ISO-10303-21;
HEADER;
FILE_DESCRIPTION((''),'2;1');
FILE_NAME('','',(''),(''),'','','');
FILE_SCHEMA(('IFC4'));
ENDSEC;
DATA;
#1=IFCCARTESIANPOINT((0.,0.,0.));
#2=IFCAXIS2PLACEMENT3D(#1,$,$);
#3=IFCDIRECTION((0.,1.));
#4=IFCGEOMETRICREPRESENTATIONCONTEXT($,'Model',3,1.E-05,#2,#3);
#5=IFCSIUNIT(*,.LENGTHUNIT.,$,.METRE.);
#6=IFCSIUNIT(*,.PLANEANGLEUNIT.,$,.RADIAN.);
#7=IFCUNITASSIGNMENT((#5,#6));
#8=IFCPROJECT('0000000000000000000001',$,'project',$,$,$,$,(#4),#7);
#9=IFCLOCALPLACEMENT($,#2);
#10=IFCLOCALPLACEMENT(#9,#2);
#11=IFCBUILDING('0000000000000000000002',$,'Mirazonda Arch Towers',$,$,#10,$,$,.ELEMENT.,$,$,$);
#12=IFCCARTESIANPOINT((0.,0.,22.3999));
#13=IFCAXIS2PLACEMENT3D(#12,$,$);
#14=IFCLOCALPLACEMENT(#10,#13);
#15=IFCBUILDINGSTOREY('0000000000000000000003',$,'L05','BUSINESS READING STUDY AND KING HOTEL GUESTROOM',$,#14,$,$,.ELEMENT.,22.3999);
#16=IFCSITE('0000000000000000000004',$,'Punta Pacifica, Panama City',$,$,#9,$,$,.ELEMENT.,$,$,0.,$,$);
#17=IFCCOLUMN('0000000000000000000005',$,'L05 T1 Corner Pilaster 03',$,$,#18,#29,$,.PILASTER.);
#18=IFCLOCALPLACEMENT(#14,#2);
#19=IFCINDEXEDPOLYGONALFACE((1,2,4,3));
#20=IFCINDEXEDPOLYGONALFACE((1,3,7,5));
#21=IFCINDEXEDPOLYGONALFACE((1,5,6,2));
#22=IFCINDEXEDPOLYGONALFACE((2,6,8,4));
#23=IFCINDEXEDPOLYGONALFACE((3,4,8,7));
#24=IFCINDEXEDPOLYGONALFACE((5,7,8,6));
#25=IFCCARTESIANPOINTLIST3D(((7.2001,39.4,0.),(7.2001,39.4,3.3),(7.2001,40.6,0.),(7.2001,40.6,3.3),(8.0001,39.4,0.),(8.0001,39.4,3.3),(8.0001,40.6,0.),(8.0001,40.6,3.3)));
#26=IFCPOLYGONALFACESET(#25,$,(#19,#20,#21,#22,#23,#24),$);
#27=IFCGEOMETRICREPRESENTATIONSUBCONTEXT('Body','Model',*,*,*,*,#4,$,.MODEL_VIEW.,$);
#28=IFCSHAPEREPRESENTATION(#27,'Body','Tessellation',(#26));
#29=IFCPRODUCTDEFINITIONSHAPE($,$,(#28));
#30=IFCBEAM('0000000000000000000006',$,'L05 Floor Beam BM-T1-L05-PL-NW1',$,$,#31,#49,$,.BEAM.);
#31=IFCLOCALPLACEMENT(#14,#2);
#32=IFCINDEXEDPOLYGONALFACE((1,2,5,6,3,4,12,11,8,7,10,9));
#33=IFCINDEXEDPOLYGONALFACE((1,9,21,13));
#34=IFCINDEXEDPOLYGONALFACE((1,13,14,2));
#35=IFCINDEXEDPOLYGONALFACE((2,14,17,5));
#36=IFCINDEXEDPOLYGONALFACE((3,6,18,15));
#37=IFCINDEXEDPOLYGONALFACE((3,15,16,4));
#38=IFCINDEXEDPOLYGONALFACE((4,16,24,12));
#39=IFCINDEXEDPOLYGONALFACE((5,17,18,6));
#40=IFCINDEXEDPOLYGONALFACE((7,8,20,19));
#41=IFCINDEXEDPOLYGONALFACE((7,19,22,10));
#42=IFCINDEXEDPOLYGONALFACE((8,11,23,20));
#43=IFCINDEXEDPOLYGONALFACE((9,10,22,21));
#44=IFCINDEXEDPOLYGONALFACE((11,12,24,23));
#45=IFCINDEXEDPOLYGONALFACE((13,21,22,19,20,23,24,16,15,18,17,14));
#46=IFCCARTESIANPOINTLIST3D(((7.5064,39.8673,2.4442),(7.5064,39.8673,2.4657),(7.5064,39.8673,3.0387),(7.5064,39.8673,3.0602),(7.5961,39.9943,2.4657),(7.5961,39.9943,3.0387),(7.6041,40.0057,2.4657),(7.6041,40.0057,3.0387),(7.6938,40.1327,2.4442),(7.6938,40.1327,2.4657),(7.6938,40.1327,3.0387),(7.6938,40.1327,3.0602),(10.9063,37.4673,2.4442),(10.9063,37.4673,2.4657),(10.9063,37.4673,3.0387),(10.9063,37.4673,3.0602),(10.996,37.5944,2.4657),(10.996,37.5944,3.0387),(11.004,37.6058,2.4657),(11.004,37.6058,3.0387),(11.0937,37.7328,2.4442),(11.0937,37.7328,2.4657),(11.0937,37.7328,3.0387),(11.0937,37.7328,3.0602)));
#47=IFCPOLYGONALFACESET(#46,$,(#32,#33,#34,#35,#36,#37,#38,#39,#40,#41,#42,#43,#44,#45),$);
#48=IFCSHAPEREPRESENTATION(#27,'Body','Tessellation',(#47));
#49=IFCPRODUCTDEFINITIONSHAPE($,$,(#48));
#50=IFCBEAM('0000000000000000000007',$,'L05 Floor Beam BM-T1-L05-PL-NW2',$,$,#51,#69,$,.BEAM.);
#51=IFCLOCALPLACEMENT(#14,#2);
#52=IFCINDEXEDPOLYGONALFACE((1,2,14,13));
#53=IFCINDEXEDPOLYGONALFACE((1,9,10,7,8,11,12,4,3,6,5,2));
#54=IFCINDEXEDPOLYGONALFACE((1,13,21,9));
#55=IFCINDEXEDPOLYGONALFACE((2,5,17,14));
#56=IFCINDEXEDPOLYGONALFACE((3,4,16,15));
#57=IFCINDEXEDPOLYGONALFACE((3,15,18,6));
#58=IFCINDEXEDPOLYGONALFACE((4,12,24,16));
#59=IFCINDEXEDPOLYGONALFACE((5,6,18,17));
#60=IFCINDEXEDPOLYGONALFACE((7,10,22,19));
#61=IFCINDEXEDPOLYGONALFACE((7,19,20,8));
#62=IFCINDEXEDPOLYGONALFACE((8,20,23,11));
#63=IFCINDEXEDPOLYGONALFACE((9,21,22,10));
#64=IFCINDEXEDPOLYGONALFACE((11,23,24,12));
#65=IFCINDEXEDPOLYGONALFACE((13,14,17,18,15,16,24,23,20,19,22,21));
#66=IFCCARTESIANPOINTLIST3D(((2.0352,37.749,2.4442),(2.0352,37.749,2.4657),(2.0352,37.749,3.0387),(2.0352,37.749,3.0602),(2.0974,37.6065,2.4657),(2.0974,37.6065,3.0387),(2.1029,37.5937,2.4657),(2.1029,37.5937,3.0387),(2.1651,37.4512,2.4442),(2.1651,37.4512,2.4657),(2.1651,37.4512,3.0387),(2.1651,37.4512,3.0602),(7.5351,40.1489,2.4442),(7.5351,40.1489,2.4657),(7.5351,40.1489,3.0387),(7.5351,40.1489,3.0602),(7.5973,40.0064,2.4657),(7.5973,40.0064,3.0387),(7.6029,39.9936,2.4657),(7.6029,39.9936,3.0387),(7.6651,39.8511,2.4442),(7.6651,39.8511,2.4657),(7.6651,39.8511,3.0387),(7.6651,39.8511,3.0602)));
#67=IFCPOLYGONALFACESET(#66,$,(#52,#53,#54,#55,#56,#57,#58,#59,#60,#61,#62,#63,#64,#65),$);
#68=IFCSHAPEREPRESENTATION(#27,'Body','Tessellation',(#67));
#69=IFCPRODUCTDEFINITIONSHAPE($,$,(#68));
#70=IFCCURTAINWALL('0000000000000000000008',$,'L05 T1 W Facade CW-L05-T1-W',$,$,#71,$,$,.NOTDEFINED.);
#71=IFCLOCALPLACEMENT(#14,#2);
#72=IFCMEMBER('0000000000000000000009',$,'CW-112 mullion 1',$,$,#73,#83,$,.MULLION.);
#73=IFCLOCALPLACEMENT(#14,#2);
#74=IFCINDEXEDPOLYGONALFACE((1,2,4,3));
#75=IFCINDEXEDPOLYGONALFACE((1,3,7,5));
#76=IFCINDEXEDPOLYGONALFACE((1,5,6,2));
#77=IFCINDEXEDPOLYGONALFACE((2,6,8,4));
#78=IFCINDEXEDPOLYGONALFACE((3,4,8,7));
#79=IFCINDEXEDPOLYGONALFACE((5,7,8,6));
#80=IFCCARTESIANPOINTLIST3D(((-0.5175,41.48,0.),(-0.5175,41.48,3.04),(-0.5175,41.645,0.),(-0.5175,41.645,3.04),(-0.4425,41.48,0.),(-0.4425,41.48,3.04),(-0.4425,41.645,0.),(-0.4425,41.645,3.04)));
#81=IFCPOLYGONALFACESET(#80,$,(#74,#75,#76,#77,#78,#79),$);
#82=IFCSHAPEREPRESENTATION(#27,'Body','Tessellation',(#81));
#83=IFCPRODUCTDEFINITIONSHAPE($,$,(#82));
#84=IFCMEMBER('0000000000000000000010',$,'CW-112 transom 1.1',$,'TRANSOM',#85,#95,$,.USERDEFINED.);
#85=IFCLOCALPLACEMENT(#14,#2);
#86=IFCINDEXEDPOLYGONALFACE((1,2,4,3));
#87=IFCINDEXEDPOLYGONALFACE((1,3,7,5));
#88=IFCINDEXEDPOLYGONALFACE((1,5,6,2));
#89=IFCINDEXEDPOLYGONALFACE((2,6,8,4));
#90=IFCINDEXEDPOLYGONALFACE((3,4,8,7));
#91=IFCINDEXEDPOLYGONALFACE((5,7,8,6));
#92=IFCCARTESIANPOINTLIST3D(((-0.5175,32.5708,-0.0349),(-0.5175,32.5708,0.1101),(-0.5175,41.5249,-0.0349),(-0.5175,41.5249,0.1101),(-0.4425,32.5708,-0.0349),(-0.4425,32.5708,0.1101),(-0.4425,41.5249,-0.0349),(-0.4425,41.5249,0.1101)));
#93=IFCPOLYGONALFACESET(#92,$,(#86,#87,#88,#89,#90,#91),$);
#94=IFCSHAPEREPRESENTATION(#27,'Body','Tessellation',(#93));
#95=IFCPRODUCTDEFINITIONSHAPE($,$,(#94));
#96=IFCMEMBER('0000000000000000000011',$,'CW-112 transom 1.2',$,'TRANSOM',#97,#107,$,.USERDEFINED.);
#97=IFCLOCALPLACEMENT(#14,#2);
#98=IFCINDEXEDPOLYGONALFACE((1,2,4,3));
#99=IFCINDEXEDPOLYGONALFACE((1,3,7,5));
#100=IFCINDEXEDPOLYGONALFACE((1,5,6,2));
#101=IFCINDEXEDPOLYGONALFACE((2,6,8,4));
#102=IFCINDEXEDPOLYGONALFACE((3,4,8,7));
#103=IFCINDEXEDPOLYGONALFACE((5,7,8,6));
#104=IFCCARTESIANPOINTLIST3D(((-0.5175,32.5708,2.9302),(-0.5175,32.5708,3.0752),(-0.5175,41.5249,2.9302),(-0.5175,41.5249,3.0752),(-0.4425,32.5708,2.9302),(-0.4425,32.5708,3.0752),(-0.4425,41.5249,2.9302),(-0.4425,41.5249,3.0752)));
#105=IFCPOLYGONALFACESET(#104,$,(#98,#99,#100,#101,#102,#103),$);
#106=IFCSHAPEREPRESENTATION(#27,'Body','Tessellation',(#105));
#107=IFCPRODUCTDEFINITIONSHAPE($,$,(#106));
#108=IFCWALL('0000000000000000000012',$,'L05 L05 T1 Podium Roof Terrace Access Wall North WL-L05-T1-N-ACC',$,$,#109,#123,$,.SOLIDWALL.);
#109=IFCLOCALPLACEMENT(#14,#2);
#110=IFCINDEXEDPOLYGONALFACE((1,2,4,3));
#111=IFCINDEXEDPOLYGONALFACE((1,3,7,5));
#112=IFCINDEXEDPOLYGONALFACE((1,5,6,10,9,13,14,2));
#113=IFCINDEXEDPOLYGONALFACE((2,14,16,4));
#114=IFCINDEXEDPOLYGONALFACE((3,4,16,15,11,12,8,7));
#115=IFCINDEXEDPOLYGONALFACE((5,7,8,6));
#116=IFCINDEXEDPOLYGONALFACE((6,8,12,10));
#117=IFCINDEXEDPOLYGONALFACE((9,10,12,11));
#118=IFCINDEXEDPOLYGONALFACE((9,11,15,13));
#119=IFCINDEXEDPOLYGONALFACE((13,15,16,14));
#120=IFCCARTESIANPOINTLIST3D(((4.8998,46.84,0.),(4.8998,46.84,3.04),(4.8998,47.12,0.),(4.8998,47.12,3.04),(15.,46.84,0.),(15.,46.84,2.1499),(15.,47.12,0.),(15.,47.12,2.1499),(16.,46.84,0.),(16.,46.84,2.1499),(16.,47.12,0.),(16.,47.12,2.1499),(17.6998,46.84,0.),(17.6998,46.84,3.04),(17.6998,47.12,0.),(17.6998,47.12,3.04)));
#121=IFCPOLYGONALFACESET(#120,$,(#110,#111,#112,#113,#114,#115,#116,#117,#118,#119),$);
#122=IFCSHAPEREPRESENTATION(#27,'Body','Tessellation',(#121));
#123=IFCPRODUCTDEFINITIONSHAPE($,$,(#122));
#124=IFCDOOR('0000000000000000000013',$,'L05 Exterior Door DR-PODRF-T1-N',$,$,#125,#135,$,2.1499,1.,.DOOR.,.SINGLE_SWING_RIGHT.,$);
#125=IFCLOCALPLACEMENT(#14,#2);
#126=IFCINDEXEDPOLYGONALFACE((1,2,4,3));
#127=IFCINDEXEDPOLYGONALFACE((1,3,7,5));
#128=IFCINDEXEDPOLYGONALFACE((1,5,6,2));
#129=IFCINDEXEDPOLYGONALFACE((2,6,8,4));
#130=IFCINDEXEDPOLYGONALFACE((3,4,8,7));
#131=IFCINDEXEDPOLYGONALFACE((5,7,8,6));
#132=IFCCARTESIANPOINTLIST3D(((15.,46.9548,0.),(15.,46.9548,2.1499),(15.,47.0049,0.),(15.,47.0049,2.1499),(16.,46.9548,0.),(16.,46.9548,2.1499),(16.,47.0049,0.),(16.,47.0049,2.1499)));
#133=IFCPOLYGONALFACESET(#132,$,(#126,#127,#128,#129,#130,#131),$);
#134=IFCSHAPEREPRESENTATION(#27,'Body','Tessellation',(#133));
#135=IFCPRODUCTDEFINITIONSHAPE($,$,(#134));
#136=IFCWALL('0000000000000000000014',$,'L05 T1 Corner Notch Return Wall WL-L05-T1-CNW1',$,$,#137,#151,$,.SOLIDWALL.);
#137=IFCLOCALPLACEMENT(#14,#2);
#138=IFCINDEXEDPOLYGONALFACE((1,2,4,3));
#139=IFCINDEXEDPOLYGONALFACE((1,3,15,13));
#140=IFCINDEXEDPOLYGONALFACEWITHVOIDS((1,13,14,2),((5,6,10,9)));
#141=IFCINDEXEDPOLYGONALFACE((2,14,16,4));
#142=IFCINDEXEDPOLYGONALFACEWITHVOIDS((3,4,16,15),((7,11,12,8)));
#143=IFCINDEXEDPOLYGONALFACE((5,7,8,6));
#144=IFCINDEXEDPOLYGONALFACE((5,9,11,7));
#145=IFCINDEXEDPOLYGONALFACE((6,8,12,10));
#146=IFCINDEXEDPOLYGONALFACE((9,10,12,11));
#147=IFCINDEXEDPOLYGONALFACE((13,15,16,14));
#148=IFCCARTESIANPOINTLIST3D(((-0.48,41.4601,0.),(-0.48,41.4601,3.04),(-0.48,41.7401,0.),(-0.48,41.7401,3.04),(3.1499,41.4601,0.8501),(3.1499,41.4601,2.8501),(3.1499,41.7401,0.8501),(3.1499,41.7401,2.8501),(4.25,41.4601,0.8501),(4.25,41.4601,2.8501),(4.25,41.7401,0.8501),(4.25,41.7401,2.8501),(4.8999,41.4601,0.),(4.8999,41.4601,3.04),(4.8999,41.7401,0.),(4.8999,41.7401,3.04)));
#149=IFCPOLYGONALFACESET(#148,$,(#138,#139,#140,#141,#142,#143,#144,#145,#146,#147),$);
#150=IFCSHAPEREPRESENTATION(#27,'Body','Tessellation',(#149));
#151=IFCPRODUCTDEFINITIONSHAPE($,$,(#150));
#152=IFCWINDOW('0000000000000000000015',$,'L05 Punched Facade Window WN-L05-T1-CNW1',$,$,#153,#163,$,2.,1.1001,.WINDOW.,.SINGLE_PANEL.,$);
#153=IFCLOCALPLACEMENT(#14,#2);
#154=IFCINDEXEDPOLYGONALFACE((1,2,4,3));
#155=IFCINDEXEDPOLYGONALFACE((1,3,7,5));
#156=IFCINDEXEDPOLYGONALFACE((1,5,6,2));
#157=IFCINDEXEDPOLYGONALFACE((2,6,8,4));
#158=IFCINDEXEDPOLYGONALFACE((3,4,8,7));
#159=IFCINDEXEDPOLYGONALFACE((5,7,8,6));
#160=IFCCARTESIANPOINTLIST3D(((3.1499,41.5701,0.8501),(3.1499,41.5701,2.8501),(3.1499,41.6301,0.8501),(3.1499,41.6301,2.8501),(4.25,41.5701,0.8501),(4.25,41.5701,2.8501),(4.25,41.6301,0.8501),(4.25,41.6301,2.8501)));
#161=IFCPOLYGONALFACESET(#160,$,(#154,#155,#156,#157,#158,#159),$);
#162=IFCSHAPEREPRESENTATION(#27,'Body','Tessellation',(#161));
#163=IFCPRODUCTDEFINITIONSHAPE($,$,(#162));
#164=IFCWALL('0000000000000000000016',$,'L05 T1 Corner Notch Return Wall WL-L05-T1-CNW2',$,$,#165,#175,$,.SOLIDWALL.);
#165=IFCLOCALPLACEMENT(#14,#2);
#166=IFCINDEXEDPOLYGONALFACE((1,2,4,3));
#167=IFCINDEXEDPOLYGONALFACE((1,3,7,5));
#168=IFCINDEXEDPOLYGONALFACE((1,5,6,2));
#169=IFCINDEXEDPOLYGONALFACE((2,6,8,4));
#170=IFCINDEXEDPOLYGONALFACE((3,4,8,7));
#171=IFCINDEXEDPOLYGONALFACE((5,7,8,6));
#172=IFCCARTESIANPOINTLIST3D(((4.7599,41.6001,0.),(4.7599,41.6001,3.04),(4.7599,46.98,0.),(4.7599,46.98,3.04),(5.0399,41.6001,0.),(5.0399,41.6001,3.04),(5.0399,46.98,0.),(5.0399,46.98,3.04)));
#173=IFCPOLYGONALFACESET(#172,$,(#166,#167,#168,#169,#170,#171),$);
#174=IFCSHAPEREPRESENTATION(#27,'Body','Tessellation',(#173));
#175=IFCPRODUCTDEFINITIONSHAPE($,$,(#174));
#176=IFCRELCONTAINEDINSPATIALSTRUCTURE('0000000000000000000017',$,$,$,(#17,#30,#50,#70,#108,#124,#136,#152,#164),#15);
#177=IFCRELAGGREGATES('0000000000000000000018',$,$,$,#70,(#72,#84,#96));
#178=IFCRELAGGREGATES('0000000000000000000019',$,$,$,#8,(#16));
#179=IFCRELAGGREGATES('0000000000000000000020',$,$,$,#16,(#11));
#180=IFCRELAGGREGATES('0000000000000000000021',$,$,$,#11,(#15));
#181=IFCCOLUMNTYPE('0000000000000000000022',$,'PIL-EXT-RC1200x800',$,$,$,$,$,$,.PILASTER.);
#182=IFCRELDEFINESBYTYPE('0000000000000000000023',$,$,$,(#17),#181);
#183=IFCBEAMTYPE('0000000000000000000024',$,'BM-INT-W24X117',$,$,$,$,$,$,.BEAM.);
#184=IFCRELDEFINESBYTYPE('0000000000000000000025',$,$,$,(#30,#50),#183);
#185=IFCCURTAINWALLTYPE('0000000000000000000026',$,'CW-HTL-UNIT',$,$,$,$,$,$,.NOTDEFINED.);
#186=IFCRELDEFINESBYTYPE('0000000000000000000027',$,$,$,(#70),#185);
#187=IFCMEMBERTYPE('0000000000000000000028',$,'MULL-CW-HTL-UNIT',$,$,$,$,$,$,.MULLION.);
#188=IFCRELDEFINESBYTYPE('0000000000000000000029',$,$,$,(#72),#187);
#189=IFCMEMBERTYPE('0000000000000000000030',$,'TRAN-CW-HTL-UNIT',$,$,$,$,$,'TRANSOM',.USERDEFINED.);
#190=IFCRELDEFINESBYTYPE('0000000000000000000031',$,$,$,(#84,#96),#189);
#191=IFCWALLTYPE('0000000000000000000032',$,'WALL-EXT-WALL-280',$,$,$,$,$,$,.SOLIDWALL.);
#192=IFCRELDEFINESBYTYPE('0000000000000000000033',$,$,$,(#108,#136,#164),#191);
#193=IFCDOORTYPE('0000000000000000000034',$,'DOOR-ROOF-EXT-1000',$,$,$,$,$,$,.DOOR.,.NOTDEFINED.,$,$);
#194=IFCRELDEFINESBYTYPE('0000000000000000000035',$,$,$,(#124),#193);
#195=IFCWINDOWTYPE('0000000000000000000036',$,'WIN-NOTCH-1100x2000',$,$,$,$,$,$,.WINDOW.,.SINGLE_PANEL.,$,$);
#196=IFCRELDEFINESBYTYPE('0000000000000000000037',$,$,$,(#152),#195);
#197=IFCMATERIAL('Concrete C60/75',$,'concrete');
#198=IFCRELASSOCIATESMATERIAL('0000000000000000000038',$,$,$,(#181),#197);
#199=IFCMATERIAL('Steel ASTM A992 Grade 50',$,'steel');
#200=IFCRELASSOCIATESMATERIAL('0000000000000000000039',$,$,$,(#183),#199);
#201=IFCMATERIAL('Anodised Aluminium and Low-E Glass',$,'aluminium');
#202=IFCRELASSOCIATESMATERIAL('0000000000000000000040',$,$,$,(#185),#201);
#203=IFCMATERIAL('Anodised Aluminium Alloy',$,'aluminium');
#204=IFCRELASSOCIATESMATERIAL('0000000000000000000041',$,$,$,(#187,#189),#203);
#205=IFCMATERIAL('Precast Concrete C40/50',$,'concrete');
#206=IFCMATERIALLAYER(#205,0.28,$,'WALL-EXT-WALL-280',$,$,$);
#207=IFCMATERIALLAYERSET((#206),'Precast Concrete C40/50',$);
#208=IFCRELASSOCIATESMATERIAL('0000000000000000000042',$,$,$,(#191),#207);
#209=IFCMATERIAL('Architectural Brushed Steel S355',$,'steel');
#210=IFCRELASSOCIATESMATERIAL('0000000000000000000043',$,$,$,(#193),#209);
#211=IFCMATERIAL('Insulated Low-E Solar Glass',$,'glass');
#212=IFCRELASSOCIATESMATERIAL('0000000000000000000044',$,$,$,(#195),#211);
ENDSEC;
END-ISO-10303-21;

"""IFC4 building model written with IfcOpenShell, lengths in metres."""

from ifc_helpers import new_model, si_unit, direction, frame, frame_2d, origin, origin_2d, place, context, subcontext, project, spatial, rectangle, i_section, extrude, material, layer, layer_set, material_profile, profile_set, type_object, element, fill, aggregate, save


model = new_model("IFC4")

# Units and contexts
model_context = context("Model", 3, precision=1e-05, world=origin(), true_north=direction((0.0, 1.0)))
body_context = subcontext(model_context, "Body", "Model", "MODEL_VIEW")
ifc_project = project(units=[si_unit("LENGTHUNIT", "METRE"), si_unit("PLANEANGLEUNIT", "RADIAN")], contexts=[model_context])

# Site, building, storey
site_placement = place(None, origin())
site = spatial("IfcSite", under=ifc_project, at=site_placement, Name="Punta Pacifica, Panama City", CompositionType="ELEMENT", RefElevation=0.0)
building_placement = place(site_placement, origin())
building = spatial("IfcBuilding", under=site, at=building_placement, Name="Mirazonda Arch Towers", CompositionType="ELEMENT")
storey_placement = place(building_placement, frame((0.0, 0.0, 22.3999)))
storey = spatial("IfcBuildingStorey", under=building, at=storey_placement, Name="L05", Description="BUSINESS READING STUDY AND KING HOTEL GUESTROOM", CompositionType="ELEMENT", Elevation=22.3999)

# Column
ifc_material_1 = material(Name="Concrete C60/75", Category="concrete")
ifc_material_profile_1 = material_profile(ifc_material_1, rectangle(XDim=0.8, YDim=1.2, at=origin_2d()), Name="RC1200x800")
ifc_profile_set_1 = profile_set([ifc_material_profile_1], Name="Concrete C60/75")
column_type = type_object("IfcColumnType", Name="PIL-EXT-RC1200x800", PredefinedType="PILASTER", material=ifc_profile_set_1)
column_placement = place(storey_placement, frame((7.6001, 40.0, 0.0), z_axis=(0.0, 0.0, 1.0), x_axis=(1.0, 0.0, 0.0)))
element("IfcColumn", 1, at=column_placement, inside=storey, type_object=column_type, Name="L05 T1 Corner Pilaster 03", PredefinedType="PILASTER", context=body_context, shape_type="SweptSolid", body=[
    extrude(rectangle(XDim=0.8, YDim=1.2, at=origin_2d()), origin(), (0.0, 0.0, 1.0), 3.3),
])

# Beams
ifc_material_2 = material(Name="Steel ASTM A992 Grade 50", Category="steel")
ifc_material_profile_2 = material_profile(ifc_material_2, i_section(OverallWidth=0.325, OverallDepth=0.616, WebThickness=0.0139, FlangeThickness=0.0215, at=origin_2d()), Name="W24X117")
ifc_profile_set_2 = profile_set([ifc_material_profile_2], Name="Steel ASTM A992 Grade 50")
beam_type = type_object("IfcBeamType", Name="BM-INT-W24X117", PredefinedType="BEAM", material=ifc_profile_set_2)
beam_1_placement = place(storey_placement, frame((7.6001, 40.0, 2.7522), z_axis=(0.816971, -0.576679, 0.0), x_axis=(0.576679, 0.816971, 0.0)))
element("IfcBeam", 2, at=beam_1_placement, inside=storey, type_object=beam_type, Name="L05 Floor Beam BM-T1-L05-PL-NW1", PredefinedType="BEAM", context=body_context, shape_type="SweptSolid", body=[
    extrude(i_section(OverallWidth=0.325, OverallDepth=0.616, WebThickness=0.0139, FlangeThickness=0.0215, at=origin_2d()), origin(), (0.0, 0.0, 1.0), 4.1616),
])
beam_2_placement = place(storey_placement, frame((7.6001, 40.0, 2.7522), z_axis=(-0.916545, -0.399931, 0.0), x_axis=(0.399931, -0.916545, 0.0)))
element("IfcBeam", 3, at=beam_2_placement, inside=storey, type_object=beam_type, Name="L05 Floor Beam BM-T1-L05-PL-NW2", PredefinedType="BEAM", context=body_context, shape_type="SweptSolid", body=[
    extrude(i_section(OverallWidth=0.325, OverallDepth=0.616, WebThickness=0.0139, FlangeThickness=0.0215, at=origin_2d()), origin(), (0.0, 0.0, 1.0), 6.0007),
])

# Curtain wall, members
ifc_material_3 = material(Name="Anodised Aluminium and Low-E Glass", Category="aluminium")
curtain_wall_type = type_object("IfcCurtainWallType", Name="CW-HTL-UNIT", PredefinedType="NOTDEFINED", material=ifc_material_3)
curtain_wall_placement = place(storey_placement, origin())
curtain_wall = element("IfcCurtainWall", 4, at=curtain_wall_placement, inside=storey, type_object=curtain_wall_type, Name="L05 T1 W Facade CW-L05-T1-W", PredefinedType="NOTDEFINED")
ifc_material_4 = material(Name="Anodised Aluminium Alloy", Category="aluminium")
ifc_material_profile_3 = material_profile(ifc_material_4, rectangle(XDim=0.075, YDim=0.165, at=origin_2d()), Name="ALU-MULL-75x165")
ifc_profile_set_3 = profile_set([ifc_material_profile_3], Name="Anodised Aluminium Alloy")
member_type_1 = type_object("IfcMemberType", Name="MULL-CW-HTL-UNIT", PredefinedType="MULLION", material=ifc_profile_set_3)
member_1_placement = place(storey_placement, frame((-0.48, 41.5625, 0.0), z_axis=(0.0, 0.0, 1.0), x_axis=(1.0, 0.0, 0.0)))
member_1 = element("IfcMember", 5, at=member_1_placement, type_object=member_type_1, Name="CW-112 mullion 1", PredefinedType="MULLION", context=body_context, shape_type="SweptSolid", body=[
    extrude(rectangle(XDim=0.075, YDim=0.165, at=origin_2d()), origin(), (0.0, 0.0, 1.0), 3.04),
])
ifc_material_profile_4 = material_profile(ifc_material_4, rectangle(XDim=0.075, YDim=0.145, at=origin_2d()), Name="ALU-TRAN-75x145")
ifc_profile_set_4 = profile_set([ifc_material_profile_4], Name="Anodised Aluminium Alloy")
member_type_2 = type_object("IfcMemberType", Name="TRAN-CW-HTL-UNIT", ElementType="TRANSOM", PredefinedType="USERDEFINED", material=ifc_profile_set_4)
member_2_placement = place(storey_placement, frame((-0.48, 41.5249, 0.0376), z_axis=(0.0, -1.0, 0.0), x_axis=(1.0, 0.0, 0.0)))
member_2 = element("IfcMember", 6, at=member_2_placement, type_object=member_type_2, Name="CW-112 transom 1.1", ObjectType="TRANSOM", PredefinedType="USERDEFINED", context=body_context, shape_type="SweptSolid", body=[
    extrude(rectangle(XDim=0.075, YDim=0.145, at=origin_2d()), origin(), (0.0, 0.0, 1.0), 8.9541),
])
member_3_placement = place(storey_placement, frame((-0.48, 41.5249, 3.0027), z_axis=(0.0, -1.0, 0.0), x_axis=(1.0, 0.0, 0.0)))
member_3 = element("IfcMember", 7, at=member_3_placement, type_object=member_type_2, Name="CW-112 transom 1.2", ObjectType="TRANSOM", PredefinedType="USERDEFINED", context=body_context, shape_type="SweptSolid", body=[
    extrude(rectangle(XDim=0.075, YDim=0.145, at=origin_2d()), origin(), (0.0, 0.0, 1.0), 8.9541),
])
aggregate(curtain_wall, [member_1, member_2, member_3])

# Wall, opening, door
ifc_material_5 = material(Name="Precast Concrete C40/50", Category="concrete")
ifc_layer_1 = layer(ifc_material_5, 0.28, Name="WALL-EXT-WALL-280")
ifc_layer_set_1 = layer_set([ifc_layer_1], Name="Precast Concrete C40/50")
wall_type_1 = type_object("IfcWallType", Name="WALL-EXT-WALL-280", PredefinedType="SOLIDWALL", material=ifc_layer_set_1)
wall_1_placement = place(storey_placement, frame((4.8999, 46.98, 0.0), z_axis=(0.0, 0.0, 1.0), x_axis=(1.0, 0.0, 0.0)))
wall_1 = element("IfcWall", 8, at=wall_1_placement, inside=storey, type_object=wall_type_1, Name="L05 L05 T1 Podium Roof Terrace Access Wall North WL-L05-T1-N-ACC", PredefinedType="SOLIDWALL", context=body_context, shape_type="SweptSolid", body=[
    extrude(rectangle(XDim=12.8, YDim=0.28, at=frame_2d((6.3999, 0.0))), origin(), (0.0, 0.0, 1.0), 3.04),
])
opening_1_placement = place(wall_1_placement, frame((10.1001, 0.0, 0.0)))
opening_1 = element("IfcOpeningElement", 9, at=opening_1_placement, cuts=wall_1, PredefinedType="OPENING", context=body_context, shape_type="SweptSolid", body=[
    extrude(rectangle(XDim=1.0, YDim=2.1499, at=frame_2d((0.5, 1.075))), frame((0.0, 0.1499, 0.0), z_axis=(0.0, -1.0, 0.0), x_axis=(1.0, 0.0, 0.0)), (0.0, 0.0, 1.0), 0.3),
])
ifc_material_6 = material(Name="Architectural Brushed Steel S355", Category="steel")
door_type_1 = type_object("IfcDoorType", Name="DOOR-ROOF-EXT-1000", OperationType="NOTDEFINED", PredefinedType="DOOR", material=ifc_material_6)
door_1_placement = place(opening_1_placement, origin())
door_1 = element("IfcDoor", 10, at=door_1_placement, inside=storey, type_object=door_type_1, Name="L05 Exterior Door DR-PODRF-T1-N", OperationType="SINGLE_SWING_RIGHT", OverallHeight=2.1499, OverallWidth=1.0, PredefinedType="DOOR", context=body_context, shape_type="SweptSolid", body=[
    extrude(rectangle(XDim=1.0, YDim=2.1499, at=frame_2d((0.5, 1.075))), frame((0.0, 0.0249, 0.0), z_axis=(0.0, -1.0, 0.0), x_axis=(1.0, 0.0, 0.0)), (0.0, 0.0, 1.0), 0.05),
])
fill(opening_1, door_1)

# Wall, opening, window
wall_2_placement = place(storey_placement, frame((4.8999, 41.6001, 0.0), z_axis=(0.0, 0.0, 1.0), x_axis=(-1.0, 0.0, 0.0)))
wall_2 = element("IfcWall", 11, at=wall_2_placement, inside=storey, type_object=wall_type_1, Name="L05 T1 Corner Notch Return Wall WL-L05-T1-CNW1", PredefinedType="SOLIDWALL", context=body_context, shape_type="SweptSolid", body=[
    extrude(rectangle(XDim=5.3799, YDim=0.28, at=frame_2d((2.6899, 0.0))), origin(), (0.0, 0.0, 1.0), 3.04),
])
opening_2_placement = place(wall_2_placement, frame((0.6499, 0.0, 0.8501)))
opening_2 = element("IfcOpeningElement", 12, at=opening_2_placement, cuts=wall_2, PredefinedType="OPENING", context=body_context, shape_type="SweptSolid", body=[
    extrude(rectangle(XDim=1.1001, YDim=2.0, at=frame_2d((0.55, 1.0))), frame((0.0, 0.1499, 0.0), z_axis=(0.0, -1.0, 0.0), x_axis=(1.0, 0.0, 0.0)), (0.0, 0.0, 1.0), 0.3),
])
ifc_material_7 = material(Name="Insulated Low-E Solar Glass", Category="glass")
window_type = type_object("IfcWindowType", Name="WIN-NOTCH-1100x2000", PartitioningType="SINGLE_PANEL", PredefinedType="WINDOW", material=ifc_material_7)
window_placement = place(opening_2_placement, origin())
window = element("IfcWindow", 13, at=window_placement, inside=storey, type_object=window_type, Name="L05 Punched Facade Window WN-L05-T1-CNW1", OverallHeight=2.0, OverallWidth=1.1001, PartitioningType="SINGLE_PANEL", PredefinedType="WINDOW", context=body_context, shape_type="SweptSolid", body=[
    extrude(rectangle(XDim=1.1001, YDim=2.0, at=frame_2d((0.55, 1.0))), frame((0.0, 0.03, 0.0), z_axis=(0.0, -1.0, 0.0), x_axis=(1.0, 0.0, 0.0)), (0.0, 0.0, 1.0), 0.0601),
])
fill(opening_2, window)

# Wall
wall_3_placement = place(storey_placement, frame((4.8999, 46.98, 0.0), z_axis=(0.0, 0.0, 1.0), x_axis=(0.0, -1.0, 0.0)))
element("IfcWall", 14, at=wall_3_placement, inside=storey, type_object=wall_type_1, Name="L05 T1 Corner Notch Return Wall WL-L05-T1-CNW2", PredefinedType="SOLIDWALL", context=body_context, shape_type="SweptSolid", body=[
    extrude(rectangle(XDim=5.3799, YDim=0.28, at=frame_2d((2.6899, 0.0))), origin(), (0.0, 0.0, 1.0), 3.04),
])

save(model, "model.ifc")
